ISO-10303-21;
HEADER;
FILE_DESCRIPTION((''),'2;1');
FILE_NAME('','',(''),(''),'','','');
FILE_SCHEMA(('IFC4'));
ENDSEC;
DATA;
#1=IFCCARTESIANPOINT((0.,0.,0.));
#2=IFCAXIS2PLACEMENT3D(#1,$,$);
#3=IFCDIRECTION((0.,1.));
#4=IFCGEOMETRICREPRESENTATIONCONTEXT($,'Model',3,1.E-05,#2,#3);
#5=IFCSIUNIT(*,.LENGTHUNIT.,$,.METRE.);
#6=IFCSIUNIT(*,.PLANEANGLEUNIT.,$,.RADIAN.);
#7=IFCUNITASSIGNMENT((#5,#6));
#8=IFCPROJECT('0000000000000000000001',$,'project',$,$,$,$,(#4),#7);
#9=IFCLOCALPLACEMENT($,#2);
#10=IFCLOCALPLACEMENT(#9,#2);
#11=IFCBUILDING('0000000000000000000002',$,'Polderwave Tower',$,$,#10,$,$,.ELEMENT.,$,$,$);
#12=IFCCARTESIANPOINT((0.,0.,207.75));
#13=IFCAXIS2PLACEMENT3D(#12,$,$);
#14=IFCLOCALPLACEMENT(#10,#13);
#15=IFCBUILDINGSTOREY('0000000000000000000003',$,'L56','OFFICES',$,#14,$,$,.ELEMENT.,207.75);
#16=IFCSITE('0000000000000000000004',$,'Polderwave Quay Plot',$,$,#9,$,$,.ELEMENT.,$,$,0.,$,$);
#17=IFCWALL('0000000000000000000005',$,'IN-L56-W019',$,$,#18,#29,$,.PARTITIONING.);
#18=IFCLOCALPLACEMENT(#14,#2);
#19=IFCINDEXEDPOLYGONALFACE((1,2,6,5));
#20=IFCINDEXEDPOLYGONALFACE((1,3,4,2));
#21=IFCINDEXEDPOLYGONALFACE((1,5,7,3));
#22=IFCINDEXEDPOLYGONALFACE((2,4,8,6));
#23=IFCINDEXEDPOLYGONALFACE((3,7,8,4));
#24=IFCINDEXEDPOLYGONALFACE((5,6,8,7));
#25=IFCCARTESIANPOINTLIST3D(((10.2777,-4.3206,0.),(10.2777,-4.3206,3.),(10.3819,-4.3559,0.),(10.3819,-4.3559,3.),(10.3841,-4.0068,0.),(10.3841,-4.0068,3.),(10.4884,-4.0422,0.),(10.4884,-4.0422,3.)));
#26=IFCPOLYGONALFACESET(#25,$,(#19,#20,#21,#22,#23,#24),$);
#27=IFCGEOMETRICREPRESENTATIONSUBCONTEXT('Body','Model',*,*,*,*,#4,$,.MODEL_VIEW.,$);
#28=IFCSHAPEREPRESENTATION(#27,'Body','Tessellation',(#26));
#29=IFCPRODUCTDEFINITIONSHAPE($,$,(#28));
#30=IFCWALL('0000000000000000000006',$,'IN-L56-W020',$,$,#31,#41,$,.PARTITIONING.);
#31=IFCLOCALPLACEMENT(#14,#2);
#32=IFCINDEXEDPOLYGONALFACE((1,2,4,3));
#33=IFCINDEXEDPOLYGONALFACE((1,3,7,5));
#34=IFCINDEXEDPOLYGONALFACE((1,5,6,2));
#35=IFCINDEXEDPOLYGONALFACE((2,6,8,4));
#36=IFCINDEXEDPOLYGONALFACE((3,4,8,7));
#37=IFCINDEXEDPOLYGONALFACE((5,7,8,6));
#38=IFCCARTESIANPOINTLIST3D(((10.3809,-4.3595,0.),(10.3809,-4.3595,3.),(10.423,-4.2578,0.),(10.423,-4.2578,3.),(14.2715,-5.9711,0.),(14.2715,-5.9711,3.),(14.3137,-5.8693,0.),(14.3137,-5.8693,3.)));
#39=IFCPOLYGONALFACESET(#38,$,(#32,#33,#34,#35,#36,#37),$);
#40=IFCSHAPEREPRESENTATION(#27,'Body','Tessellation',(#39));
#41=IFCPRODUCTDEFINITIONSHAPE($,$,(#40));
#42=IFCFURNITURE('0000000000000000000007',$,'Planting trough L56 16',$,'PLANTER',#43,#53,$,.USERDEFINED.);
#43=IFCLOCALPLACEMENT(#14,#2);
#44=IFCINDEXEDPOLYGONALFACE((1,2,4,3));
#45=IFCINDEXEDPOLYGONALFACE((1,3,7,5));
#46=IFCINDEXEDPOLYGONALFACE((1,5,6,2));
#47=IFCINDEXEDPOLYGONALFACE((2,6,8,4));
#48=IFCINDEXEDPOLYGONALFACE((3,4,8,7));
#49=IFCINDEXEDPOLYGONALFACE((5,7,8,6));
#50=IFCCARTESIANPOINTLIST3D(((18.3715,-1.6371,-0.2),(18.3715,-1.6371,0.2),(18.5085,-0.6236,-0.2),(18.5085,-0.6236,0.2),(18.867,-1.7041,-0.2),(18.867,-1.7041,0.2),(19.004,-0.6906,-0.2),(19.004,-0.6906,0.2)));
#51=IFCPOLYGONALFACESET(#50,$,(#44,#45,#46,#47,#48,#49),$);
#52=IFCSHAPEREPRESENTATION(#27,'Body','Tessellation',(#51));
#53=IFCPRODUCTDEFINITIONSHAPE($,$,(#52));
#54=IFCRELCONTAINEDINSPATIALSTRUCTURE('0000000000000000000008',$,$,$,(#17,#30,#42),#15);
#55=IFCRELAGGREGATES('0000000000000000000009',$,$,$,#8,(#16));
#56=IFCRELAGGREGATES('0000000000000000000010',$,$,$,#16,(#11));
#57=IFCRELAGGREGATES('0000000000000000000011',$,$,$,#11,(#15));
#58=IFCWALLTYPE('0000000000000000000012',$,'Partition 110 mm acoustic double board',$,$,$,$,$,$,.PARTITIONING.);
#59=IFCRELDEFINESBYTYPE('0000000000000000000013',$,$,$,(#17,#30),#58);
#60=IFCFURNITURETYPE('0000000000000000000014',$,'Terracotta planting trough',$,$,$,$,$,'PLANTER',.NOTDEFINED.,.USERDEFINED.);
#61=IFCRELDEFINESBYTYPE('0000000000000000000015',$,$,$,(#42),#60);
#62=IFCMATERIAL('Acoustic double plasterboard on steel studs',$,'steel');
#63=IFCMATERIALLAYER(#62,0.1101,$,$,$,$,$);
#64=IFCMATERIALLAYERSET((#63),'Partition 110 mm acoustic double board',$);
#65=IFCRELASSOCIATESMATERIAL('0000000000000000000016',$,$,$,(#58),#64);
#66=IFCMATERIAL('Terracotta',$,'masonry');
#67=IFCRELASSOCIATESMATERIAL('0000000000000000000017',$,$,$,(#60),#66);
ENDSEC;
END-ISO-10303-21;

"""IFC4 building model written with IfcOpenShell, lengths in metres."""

from ifc_helpers import new_model, si_unit, direction, frame, frame_2d, origin, origin_2d, place, context, subcontext, project, spatial, rectangle, extrude, material, layer, layer_set, type_object, element, save


model = new_model("IFC4")

# Units and contexts
model_context = context("Model", 3, precision=1e-05, world=origin(), true_north=direction((0.0, 1.0)))
body_context = subcontext(model_context, "Body", "Model", "MODEL_VIEW")
ifc_project = project(units=[si_unit("LENGTHUNIT", "METRE"), si_unit("PLANEANGLEUNIT", "RADIAN")], contexts=[model_context])

# Site, building, storey
site_placement = place(None, origin())
site = spatial("IfcSite", under=ifc_project, at=site_placement, Name="Polderwave Quay Plot", CompositionType="ELEMENT", RefElevation=0.0)
building_placement = place(site_placement, origin())
building = spatial("IfcBuilding", under=site, at=building_placement, Name="Polderwave Tower", CompositionType="ELEMENT")
storey_placement = place(building_placement, frame((0.0, 0.0, 207.75)))
storey = spatial("IfcBuildingStorey", under=building, at=storey_placement, Name="L56", Description="OFFICES", CompositionType="ELEMENT", Elevation=207.75)

# Walls
ifc_material_1 = material(Name="Acoustic double plasterboard on steel studs", Category="steel")
ifc_layer_1 = layer(ifc_material_1, 0.1101)
ifc_layer_set_1 = layer_set([ifc_layer_1], Name="Partition 110 mm acoustic double board")
wall_type_1 = type_object("IfcWallType", Name="Partition 110 mm acoustic double board", PredefinedType="PARTITIONING", material=ifc_layer_set_1)
wall_1_placement = place(storey_placement, frame((10.3298, -4.3381, 0.0), z_axis=(0.0, 0.0, 1.0), x_axis=(0.321308, 0.946975, 0.0)))
element("IfcWall", 1, at=wall_1_placement, inside=storey, type_object=wall_type_1, Name="IN-L56-W019", PredefinedType="PARTITIONING", context=body_context, shape_type="SweptSolid", body=[
    extrude(rectangle(XDim=0.3313, YDim=0.1101, at=frame_2d((0.1655, 0.0))), origin(), (0.0, 0.0, 1.0), 3.0),
])
wall_2_placement = place(storey_placement, frame((14.2925, -5.9202, 0.0), z_axis=(0.0, 0.0, 1.0), x_axis=(-0.923878, 0.382688, 0.0)))
element("IfcWall", 2, at=wall_2_placement, inside=storey, type_object=wall_type_1, Name="IN-L56-W020", PredefinedType="PARTITIONING", context=body_context, shape_type="SweptSolid", body=[
    extrude(rectangle(XDim=4.2112, YDim=0.1101, at=frame_2d((2.1055, 0.0))), origin(), (0.0, 0.0, 1.0), 3.0),
])

# Furniture
ifc_material_2 = material(Name="Terracotta", Category="masonry")
furniture_type = type_object("IfcFurnitureType", Name="Terracotta planting trough", ElementType="PLANTER", AssemblyPlace="NOTDEFINED", PredefinedType="USERDEFINED", material=ifc_material_2)
furniture_placement = place(storey_placement, frame((18.6877, -1.1638, -0.2), z_axis=(0.0, 0.0, 1.0), x_axis=(0.134014, 0.990979, 0.0)))
element("IfcFurniture", 3, at=furniture_placement, inside=storey, type_object=furniture_type, Name="Planting trough L56 16", ObjectType="PLANTER", PredefinedType="USERDEFINED", context=body_context, shape_type="SweptSolid", body=[
    extrude(rectangle(XDim=1.0227, YDim=0.5, at=origin_2d()), origin(), (0.0, 0.0, 1.0), 0.3999),
])

save(model, "model.ifc")
